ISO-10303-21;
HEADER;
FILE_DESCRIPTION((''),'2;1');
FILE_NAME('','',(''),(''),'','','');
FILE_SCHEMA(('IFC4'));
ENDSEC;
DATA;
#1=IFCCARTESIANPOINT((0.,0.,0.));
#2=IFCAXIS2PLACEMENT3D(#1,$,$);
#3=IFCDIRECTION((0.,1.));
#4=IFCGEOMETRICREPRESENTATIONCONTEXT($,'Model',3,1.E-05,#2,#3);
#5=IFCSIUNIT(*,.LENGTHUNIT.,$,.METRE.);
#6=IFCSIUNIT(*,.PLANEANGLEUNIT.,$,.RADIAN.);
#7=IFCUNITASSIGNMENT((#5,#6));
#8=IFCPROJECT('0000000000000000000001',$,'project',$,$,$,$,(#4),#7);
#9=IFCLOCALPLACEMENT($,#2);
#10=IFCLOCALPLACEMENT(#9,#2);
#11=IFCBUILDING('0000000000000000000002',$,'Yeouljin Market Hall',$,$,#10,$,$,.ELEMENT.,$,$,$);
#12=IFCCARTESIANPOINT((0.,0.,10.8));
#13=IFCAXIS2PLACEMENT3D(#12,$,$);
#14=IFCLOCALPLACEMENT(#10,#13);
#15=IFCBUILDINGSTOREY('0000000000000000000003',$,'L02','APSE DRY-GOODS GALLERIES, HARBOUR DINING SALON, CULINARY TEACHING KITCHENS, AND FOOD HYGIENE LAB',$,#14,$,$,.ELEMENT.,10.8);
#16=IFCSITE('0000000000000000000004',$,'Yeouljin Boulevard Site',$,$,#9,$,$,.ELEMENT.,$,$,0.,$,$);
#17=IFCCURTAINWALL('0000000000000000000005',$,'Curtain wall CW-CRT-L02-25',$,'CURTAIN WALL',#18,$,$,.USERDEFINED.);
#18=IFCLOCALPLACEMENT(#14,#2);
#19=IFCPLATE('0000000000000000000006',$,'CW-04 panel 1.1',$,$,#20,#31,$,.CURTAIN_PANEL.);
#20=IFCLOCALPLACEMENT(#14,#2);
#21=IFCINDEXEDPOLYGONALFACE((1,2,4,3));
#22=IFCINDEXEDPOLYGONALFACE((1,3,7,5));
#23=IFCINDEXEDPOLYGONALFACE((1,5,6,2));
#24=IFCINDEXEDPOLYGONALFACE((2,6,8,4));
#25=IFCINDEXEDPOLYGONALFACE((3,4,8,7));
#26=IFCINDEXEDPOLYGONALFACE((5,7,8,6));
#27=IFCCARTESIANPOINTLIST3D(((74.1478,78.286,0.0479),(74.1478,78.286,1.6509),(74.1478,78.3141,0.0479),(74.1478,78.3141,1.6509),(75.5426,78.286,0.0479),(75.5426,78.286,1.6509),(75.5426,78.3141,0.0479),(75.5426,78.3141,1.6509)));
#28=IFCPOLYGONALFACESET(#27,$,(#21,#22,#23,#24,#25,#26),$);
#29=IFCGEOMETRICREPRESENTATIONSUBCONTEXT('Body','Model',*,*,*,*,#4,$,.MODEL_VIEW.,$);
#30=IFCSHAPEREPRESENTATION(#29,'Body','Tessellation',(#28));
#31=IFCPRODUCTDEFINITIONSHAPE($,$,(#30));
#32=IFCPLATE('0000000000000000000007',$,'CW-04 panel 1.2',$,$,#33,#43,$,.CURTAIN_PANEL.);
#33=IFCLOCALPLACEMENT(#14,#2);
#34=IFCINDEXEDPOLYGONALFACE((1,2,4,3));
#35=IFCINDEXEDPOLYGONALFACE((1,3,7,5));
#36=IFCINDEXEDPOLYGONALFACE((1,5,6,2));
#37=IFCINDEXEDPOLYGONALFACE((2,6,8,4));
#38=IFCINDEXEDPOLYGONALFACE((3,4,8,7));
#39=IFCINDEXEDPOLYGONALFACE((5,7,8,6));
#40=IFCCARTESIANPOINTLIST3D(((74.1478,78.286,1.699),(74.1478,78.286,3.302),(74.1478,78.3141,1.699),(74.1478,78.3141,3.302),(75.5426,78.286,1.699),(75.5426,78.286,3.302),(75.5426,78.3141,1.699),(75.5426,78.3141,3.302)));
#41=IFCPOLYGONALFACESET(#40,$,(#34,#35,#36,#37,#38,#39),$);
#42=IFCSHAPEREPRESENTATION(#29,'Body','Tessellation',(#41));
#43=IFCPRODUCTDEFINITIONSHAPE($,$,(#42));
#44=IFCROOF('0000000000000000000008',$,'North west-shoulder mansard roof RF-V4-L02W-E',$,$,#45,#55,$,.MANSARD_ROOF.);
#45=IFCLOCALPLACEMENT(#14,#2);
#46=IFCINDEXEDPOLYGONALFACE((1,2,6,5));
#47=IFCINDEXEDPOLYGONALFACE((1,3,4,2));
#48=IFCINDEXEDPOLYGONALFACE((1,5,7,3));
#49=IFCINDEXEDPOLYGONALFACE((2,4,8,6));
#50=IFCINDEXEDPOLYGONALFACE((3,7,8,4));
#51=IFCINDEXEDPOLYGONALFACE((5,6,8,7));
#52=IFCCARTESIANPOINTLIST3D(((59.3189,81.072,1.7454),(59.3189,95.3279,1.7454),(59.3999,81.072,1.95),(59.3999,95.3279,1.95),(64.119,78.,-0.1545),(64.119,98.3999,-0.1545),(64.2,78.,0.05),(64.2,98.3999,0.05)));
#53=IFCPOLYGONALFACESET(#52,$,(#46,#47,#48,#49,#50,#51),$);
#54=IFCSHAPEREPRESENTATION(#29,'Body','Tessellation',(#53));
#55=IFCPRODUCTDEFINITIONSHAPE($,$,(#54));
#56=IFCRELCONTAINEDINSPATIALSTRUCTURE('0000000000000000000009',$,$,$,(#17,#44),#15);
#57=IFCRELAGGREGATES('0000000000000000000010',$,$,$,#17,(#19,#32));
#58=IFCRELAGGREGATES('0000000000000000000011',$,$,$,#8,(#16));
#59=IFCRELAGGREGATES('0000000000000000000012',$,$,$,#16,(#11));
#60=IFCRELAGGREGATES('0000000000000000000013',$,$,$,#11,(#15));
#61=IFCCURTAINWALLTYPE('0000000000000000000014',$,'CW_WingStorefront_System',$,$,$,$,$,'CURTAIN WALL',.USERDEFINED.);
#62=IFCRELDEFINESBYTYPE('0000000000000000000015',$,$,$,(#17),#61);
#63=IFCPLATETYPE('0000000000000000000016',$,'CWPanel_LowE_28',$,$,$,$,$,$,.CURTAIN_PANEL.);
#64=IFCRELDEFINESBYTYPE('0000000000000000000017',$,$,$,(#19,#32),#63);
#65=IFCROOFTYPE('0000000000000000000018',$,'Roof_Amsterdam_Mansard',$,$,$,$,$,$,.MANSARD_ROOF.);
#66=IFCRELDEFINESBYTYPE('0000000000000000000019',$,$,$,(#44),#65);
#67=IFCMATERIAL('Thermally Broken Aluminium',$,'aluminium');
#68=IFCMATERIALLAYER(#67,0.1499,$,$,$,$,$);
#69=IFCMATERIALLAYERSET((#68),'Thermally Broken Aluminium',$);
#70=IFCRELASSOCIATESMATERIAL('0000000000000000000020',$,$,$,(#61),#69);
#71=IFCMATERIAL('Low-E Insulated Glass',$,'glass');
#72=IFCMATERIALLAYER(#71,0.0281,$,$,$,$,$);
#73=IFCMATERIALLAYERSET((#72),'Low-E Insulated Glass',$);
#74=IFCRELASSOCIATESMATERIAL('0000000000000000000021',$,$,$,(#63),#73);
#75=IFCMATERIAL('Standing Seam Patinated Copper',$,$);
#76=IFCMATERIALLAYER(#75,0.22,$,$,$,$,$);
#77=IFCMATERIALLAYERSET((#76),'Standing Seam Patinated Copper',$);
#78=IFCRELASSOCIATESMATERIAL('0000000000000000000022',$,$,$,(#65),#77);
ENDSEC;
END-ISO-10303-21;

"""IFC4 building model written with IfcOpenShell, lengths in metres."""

from ifc_helpers import new_model, si_unit, direction, frame, origin, origin_2d, place, context, subcontext, project, spatial, polyline, rectangle, outline, extrude, material, layer, layer_set, type_object, element, aggregate, save


model = new_model("IFC4")

# Units and contexts
model_context = context("Model", 3, precision=1e-05, world=origin(), true_north=direction((0.0, 1.0)))
body_context = subcontext(model_context, "Body", "Model", "MODEL_VIEW")
ifc_project = project(units=[si_unit("LENGTHUNIT", "METRE"), si_unit("PLANEANGLEUNIT", "RADIAN")], contexts=[model_context])

# Site, building, storey
site_placement = place(None, origin())
site = spatial("IfcSite", under=ifc_project, at=site_placement, Name="Yeouljin Boulevard Site", CompositionType="ELEMENT", RefElevation=0.0)
building_placement = place(site_placement, origin())
building = spatial("IfcBuilding", under=site, at=building_placement, Name="Yeouljin Market Hall", CompositionType="ELEMENT")
storey_placement = place(building_placement, frame((0.0, 0.0, 10.8)))
storey = spatial("IfcBuildingStorey", under=building, at=storey_placement, Name="L02", Description="APSE DRY-GOODS GALLERIES, HARBOUR DINING SALON, CULINARY TEACHING KITCHENS, AND FOOD HYGIENE LAB", CompositionType="ELEMENT", Elevation=10.8)

# Curtain wall
ifc_material_1 = material(Name="Thermally Broken Aluminium", Category="aluminium")
ifc_layer_1 = layer(ifc_material_1, 0.1499)
ifc_layer_set_1 = layer_set([ifc_layer_1], Name="Thermally Broken Aluminium")
curtain_wall_type = type_object("IfcCurtainWallType", Name="CW_WingStorefront_System", ElementType="CURTAIN WALL", PredefinedType="USERDEFINED", material=ifc_layer_set_1)
curtain_wall_placement = place(storey_placement, origin())
curtain_wall = element("IfcCurtainWall", 1, at=curtain_wall_placement, inside=storey, type_object=curtain_wall_type, Name="Curtain wall CW-CRT-L02-25", ObjectType="CURTAIN WALL", PredefinedType="USERDEFINED")

# Plates
ifc_material_2 = material(Name="Low-E Insulated Glass", Category="glass")
ifc_layer_2 = layer(ifc_material_2, 0.0281)
ifc_layer_set_2 = layer_set([ifc_layer_2], Name="Low-E Insulated Glass")
plate_type = type_object("IfcPlateType", Name="CWPanel_LowE_28", PredefinedType="CURTAIN_PANEL", material=ifc_layer_set_2)
plate_1_placement = place(storey_placement, frame((74.8452, 78.3, 0.0479), z_axis=(0.0, 0.0, 1.0), x_axis=(1.0, 0.0, 0.0)))
plate_1 = element("IfcPlate", 2, at=plate_1_placement, type_object=plate_type, Name="CW-04 panel 1.1", PredefinedType="CURTAIN_PANEL", context=body_context, shape_type="SweptSolid", body=[
    extrude(rectangle(XDim=1.3948, YDim=0.0281, at=origin_2d()), origin(), (0.0, 0.0, 1.0), 1.603),
])
plate_2_placement = place(storey_placement, frame((74.8452, 78.3, 1.699), z_axis=(0.0, 0.0, 1.0), x_axis=(1.0, 0.0, 0.0)))
plate_2 = element("IfcPlate", 3, at=plate_2_placement, type_object=plate_type, Name="CW-04 panel 1.2", PredefinedType="CURTAIN_PANEL", context=body_context, shape_type="SweptSolid", body=[
    extrude(rectangle(XDim=1.3948, YDim=0.0281, at=origin_2d()), origin(), (0.0, 0.0, 1.0), 1.603),
])
aggregate(curtain_wall, [plate_1, plate_2])

# Roof
ifc_material_3 = material(Name="Standing Seam Patinated Copper")
ifc_layer_3 = layer(ifc_material_3, 0.22)
ifc_layer_set_3 = layer_set([ifc_layer_3], Name="Standing Seam Patinated Copper")
roof_type = type_object("IfcRoofType", Name="Roof_Amsterdam_Mansard", PredefinedType="MANSARD_ROOF", material=ifc_layer_set_3)
roof_placement = place(storey_placement, frame((64.2, 78.0, 0.05), z_axis=(0.368029, 0.0, 0.929814), x_axis=(0.0, 1.0, 0.0)))
element("IfcRoof", 4, at=roof_placement, inside=storey, type_object=roof_type, Name="North west-shoulder mansard roof RF-V4-L02W-E", PredefinedType="MANSARD_ROOF", context=body_context, shape_type="SweptSolid", body=[
    extrude(outline(polyline([(0.0, 0.0), (20.3999, 0.0), (17.3279, 5.1624), (3.072, 5.1624), (0.0, 0.0)])), origin(), (0.0, 0.0, -1.0), 0.22),
])

save(model, "model.ifc")
